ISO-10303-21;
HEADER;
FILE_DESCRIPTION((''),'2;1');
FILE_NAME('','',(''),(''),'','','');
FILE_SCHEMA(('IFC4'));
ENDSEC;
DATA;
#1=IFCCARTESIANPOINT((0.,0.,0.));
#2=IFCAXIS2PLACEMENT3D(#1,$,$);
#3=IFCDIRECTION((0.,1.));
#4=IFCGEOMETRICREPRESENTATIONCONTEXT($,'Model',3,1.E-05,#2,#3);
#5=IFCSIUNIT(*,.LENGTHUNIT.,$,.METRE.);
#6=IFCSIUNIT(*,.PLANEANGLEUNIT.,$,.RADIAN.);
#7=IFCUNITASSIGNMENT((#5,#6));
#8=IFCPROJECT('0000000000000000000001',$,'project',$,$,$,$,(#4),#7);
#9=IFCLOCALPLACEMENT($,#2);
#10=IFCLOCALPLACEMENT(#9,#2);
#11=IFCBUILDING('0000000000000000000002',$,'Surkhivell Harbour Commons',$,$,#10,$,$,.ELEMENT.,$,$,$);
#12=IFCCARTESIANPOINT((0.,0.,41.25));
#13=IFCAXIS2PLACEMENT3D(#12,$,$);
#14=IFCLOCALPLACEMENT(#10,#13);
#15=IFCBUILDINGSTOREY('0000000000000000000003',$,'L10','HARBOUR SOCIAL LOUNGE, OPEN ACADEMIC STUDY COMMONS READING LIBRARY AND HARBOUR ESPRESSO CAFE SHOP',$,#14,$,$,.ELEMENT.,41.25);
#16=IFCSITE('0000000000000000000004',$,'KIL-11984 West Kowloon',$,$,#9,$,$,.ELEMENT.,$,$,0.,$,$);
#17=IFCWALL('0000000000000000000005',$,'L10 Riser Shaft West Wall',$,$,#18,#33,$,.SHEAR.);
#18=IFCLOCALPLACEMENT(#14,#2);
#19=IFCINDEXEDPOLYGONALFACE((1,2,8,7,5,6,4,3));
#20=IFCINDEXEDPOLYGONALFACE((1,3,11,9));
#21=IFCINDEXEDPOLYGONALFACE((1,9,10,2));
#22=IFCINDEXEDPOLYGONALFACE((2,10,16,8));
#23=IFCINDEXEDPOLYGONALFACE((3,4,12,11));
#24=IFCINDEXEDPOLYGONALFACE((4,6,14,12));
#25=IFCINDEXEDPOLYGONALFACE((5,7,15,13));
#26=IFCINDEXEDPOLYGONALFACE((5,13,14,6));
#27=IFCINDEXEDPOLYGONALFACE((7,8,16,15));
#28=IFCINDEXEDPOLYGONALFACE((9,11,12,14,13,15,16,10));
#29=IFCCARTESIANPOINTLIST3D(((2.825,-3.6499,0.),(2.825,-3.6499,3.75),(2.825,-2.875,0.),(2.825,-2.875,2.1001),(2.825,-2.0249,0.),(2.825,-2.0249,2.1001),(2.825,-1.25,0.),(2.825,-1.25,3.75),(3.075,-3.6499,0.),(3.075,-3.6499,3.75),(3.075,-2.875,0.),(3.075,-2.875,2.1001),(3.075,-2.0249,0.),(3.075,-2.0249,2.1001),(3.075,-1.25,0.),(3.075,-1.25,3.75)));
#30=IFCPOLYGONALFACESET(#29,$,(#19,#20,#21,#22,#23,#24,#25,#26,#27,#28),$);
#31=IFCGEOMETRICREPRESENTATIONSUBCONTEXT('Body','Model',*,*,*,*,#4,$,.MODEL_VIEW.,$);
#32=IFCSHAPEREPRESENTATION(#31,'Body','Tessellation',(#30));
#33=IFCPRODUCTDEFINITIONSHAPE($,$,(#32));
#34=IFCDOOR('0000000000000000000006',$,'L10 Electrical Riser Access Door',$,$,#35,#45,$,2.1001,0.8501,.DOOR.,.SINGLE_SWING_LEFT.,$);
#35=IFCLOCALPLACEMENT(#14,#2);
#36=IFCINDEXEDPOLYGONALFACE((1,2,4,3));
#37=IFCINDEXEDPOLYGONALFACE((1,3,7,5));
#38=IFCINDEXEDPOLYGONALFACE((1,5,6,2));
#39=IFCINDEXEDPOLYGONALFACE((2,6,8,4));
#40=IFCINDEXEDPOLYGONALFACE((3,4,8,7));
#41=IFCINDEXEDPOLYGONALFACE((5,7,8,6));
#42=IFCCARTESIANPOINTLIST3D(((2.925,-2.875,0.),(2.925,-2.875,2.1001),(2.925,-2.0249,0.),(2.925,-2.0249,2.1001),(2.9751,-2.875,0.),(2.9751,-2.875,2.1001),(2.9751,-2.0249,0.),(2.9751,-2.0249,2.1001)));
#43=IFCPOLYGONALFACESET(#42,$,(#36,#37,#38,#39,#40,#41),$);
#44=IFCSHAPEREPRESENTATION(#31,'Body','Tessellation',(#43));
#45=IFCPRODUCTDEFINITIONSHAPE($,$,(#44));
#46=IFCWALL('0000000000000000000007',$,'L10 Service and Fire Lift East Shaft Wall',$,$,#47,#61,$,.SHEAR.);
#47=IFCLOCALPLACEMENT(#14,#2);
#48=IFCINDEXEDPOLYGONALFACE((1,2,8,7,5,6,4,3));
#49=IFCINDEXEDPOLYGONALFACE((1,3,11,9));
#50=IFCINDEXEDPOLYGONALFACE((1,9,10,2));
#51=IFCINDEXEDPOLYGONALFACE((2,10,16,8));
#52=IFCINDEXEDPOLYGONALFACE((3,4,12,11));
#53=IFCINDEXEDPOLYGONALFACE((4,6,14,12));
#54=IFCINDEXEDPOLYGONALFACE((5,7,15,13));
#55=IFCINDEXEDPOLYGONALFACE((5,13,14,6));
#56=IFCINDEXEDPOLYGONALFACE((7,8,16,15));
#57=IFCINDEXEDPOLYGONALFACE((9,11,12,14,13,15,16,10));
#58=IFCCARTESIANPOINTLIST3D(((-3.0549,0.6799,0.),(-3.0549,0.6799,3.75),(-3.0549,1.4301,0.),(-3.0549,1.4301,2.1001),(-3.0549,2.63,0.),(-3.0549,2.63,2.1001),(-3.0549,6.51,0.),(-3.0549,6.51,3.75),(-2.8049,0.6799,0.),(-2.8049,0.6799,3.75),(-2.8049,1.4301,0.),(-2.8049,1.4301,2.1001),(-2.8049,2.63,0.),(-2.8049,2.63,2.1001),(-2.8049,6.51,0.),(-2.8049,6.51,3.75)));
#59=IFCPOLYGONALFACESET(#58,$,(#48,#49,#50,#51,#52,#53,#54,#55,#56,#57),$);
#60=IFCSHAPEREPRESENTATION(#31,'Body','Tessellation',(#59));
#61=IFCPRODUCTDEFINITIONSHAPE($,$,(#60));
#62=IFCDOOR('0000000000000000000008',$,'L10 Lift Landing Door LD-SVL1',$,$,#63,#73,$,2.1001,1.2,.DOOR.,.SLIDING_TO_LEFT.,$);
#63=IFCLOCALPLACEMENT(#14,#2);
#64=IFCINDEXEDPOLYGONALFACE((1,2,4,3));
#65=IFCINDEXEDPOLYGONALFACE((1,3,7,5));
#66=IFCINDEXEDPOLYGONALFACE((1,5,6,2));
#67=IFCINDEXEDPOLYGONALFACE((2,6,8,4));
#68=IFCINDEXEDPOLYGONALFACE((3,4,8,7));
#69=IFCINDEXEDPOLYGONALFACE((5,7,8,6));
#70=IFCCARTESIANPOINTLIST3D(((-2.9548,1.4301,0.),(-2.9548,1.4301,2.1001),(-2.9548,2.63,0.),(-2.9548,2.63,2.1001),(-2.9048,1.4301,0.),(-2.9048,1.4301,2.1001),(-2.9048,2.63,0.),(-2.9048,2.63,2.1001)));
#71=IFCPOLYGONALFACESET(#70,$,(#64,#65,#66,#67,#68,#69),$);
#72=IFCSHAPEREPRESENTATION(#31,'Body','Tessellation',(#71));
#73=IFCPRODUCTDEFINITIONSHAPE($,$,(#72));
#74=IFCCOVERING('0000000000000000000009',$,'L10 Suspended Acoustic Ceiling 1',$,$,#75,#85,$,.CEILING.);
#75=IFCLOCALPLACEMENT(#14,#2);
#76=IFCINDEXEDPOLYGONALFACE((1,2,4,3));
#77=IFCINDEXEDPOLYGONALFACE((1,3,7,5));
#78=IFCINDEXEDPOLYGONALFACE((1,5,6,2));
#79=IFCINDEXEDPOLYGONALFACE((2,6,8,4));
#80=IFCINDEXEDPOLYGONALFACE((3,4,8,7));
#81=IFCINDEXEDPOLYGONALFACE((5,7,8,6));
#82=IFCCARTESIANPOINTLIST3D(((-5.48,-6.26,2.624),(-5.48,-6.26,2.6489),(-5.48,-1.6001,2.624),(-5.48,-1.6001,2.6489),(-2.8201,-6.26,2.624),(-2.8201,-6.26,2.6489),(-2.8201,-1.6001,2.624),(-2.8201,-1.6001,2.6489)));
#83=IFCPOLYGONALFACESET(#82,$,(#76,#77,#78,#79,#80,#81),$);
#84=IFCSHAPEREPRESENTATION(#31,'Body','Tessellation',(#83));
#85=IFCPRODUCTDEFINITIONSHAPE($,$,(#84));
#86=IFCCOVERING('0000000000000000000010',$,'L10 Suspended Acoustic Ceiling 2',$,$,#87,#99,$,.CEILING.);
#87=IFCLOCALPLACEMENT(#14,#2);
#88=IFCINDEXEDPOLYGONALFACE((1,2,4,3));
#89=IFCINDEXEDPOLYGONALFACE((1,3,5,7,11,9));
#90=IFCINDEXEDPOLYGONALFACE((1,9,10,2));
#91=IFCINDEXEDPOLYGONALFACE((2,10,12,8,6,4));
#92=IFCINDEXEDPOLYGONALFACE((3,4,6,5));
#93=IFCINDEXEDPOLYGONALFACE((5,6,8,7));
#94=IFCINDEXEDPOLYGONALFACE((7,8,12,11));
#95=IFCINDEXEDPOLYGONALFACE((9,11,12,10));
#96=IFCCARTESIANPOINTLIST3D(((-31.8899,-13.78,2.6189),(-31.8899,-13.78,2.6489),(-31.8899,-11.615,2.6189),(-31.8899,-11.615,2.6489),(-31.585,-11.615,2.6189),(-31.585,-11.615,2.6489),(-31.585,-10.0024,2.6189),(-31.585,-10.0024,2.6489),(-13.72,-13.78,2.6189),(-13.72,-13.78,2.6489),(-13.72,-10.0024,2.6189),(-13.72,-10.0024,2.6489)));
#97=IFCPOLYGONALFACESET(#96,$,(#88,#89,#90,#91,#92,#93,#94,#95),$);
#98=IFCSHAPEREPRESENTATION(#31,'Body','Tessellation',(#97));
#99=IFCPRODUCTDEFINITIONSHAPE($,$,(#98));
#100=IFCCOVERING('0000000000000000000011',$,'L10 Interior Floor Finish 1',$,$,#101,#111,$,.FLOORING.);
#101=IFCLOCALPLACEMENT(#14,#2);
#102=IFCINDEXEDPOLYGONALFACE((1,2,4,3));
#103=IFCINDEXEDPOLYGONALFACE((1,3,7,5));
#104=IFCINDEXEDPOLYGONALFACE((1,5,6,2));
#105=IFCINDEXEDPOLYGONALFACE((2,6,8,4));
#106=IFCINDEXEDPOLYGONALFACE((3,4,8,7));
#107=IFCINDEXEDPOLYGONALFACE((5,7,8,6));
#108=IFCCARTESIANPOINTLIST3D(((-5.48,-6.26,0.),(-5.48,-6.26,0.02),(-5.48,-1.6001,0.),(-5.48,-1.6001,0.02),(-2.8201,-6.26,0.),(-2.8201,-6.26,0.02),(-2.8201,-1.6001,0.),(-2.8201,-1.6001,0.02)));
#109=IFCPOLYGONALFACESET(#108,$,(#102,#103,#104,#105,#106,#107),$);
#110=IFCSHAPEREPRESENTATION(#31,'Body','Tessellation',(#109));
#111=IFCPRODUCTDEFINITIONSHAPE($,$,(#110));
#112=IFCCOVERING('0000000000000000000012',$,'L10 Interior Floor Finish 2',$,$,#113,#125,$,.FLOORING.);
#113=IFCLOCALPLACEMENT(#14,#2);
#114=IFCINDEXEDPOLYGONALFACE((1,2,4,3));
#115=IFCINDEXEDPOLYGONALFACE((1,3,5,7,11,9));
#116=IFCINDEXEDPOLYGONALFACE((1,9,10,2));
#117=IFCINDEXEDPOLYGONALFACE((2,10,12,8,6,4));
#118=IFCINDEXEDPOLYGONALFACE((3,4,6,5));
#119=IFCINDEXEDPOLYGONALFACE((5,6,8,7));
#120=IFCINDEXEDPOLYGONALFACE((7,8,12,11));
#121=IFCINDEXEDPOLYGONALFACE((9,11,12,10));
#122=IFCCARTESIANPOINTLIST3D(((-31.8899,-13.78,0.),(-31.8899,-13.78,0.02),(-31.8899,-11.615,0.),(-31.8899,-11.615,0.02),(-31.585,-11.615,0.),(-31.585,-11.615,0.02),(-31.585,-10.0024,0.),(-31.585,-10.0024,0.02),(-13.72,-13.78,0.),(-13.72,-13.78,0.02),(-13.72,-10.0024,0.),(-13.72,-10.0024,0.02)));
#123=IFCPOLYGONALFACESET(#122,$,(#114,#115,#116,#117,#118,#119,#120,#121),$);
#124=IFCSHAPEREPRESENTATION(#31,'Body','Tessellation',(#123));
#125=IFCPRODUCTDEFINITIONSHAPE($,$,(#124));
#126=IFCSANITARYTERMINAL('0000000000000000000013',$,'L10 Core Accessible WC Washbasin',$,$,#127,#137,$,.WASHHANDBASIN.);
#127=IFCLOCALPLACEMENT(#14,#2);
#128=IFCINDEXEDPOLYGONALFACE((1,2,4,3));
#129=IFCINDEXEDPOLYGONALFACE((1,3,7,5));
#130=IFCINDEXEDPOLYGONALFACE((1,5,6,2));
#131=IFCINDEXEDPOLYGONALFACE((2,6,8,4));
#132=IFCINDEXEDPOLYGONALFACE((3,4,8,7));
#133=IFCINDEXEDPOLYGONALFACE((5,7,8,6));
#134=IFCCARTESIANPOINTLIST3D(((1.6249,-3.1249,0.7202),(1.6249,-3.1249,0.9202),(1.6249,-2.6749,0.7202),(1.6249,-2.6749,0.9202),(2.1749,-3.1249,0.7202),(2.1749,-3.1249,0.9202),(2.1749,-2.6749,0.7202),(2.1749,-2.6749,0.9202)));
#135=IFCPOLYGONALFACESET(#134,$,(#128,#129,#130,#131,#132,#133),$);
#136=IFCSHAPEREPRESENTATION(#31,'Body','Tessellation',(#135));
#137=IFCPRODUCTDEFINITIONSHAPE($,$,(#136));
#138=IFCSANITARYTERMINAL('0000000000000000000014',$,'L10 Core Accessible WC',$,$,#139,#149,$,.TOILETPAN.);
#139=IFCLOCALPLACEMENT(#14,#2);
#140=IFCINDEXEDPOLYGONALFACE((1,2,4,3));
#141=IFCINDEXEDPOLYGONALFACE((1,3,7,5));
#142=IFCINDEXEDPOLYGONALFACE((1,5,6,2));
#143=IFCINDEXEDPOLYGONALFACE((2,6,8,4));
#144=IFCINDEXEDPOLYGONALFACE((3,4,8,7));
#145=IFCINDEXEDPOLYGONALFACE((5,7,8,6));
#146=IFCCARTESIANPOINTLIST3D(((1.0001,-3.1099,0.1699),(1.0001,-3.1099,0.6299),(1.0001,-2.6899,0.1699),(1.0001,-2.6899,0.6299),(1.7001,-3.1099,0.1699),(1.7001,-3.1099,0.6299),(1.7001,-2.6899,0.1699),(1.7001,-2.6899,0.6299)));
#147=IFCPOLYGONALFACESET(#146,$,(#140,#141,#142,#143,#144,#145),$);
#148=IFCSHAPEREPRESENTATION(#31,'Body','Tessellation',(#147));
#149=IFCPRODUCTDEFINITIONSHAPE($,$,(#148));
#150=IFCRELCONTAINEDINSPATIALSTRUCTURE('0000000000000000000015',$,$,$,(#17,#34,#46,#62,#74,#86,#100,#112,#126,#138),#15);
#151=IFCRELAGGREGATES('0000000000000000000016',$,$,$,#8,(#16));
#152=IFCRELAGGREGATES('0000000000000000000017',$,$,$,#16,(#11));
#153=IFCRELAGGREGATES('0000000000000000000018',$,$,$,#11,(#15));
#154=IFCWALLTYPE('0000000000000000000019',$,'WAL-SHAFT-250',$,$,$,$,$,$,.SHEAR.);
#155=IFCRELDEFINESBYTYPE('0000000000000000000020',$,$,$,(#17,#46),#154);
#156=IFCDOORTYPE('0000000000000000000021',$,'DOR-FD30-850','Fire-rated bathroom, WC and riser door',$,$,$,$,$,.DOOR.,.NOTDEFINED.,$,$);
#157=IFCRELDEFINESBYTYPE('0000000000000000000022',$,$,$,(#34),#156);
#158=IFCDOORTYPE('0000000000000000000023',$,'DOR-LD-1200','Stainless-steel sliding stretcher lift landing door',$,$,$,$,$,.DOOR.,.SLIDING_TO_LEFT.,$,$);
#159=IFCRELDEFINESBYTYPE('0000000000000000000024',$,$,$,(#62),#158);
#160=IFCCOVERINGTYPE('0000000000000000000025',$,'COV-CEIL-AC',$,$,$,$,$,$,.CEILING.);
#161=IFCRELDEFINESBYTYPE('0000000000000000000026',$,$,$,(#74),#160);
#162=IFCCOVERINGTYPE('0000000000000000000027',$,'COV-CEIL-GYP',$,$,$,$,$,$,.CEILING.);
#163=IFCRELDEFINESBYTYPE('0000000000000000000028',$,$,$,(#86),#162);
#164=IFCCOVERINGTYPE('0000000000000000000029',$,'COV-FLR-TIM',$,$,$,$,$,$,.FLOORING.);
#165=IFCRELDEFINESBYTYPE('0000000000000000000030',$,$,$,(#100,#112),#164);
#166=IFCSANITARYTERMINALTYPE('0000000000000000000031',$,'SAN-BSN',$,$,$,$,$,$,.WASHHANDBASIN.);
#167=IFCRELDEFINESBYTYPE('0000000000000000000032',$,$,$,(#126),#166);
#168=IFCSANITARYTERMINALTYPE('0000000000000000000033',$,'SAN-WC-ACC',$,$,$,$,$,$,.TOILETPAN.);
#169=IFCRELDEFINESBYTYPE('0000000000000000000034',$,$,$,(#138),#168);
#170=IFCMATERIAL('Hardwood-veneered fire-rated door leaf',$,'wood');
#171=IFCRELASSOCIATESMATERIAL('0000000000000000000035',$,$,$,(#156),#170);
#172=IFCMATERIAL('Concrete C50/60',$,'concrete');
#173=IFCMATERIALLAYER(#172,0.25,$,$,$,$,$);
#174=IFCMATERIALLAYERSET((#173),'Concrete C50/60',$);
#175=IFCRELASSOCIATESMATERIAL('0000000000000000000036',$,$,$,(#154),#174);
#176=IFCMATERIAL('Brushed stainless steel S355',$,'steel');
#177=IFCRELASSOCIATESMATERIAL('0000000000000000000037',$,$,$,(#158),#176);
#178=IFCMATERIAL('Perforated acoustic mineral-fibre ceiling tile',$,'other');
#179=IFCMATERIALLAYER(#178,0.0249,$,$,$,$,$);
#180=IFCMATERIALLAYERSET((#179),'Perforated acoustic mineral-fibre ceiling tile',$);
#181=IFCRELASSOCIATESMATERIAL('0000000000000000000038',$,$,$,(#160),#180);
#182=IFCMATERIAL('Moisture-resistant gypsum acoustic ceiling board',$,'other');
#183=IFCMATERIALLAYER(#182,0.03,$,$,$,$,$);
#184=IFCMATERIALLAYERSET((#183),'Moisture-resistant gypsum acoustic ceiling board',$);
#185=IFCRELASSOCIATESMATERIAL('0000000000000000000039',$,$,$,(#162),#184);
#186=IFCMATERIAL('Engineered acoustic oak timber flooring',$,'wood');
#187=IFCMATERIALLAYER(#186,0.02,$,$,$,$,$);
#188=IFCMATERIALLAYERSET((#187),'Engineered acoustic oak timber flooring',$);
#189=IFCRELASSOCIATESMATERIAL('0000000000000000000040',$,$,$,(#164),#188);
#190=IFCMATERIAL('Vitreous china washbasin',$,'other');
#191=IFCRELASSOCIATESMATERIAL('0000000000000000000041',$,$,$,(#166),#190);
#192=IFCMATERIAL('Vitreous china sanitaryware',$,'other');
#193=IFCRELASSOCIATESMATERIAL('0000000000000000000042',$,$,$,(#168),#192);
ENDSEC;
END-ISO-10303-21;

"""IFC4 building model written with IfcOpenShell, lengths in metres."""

from ifc_helpers import new_model, si_unit, direction, frame, frame_2d, origin, origin_2d, place, context, subcontext, project, spatial, polyline, rectangle, outline, extrude, material, layer, layer_set, type_object, element, fill, save


model = new_model("IFC4")

# Units and contexts
model_context = context("Model", 3, precision=1e-05, world=origin(), true_north=direction((0.0, 1.0)))
body_context = subcontext(model_context, "Body", "Model", "MODEL_VIEW")
ifc_project = project(units=[si_unit("LENGTHUNIT", "METRE"), si_unit("PLANEANGLEUNIT", "RADIAN")], contexts=[model_context])

# Site, building, storey
site_placement = place(None, origin())
site = spatial("IfcSite", under=ifc_project, at=site_placement, Name="KIL-11984 West Kowloon", CompositionType="ELEMENT", RefElevation=0.0)
building_placement = place(site_placement, origin())
building = spatial("IfcBuilding", under=site, at=building_placement, Name="Surkhivell Harbour Commons", CompositionType="ELEMENT")
storey_placement = place(building_placement, frame((0.0, 0.0, 41.25)))
storey = spatial("IfcBuildingStorey", under=building, at=storey_placement, Name="L10", Description="HARBOUR SOCIAL LOUNGE, OPEN ACADEMIC STUDY COMMONS READING LIBRARY AND HARBOUR ESPRESSO CAFE SHOP", CompositionType="ELEMENT", Elevation=41.25)

# Shared definitions
ifc_material_1 = material(Name="Hardwood-veneered fire-rated door leaf", Category="wood")
door_type_1 = type_object("IfcDoorType", Name="DOR-FD30-850", Description="Fire-rated bathroom, WC and riser door", OperationType="NOTDEFINED", PredefinedType="DOOR", material=ifc_material_1)

# Shared definitions
ifc_material_2 = material(Name="Concrete C50/60", Category="concrete")
ifc_layer_1 = layer(ifc_material_2, 0.25)
ifc_layer_set_1 = layer_set([ifc_layer_1], Name="Concrete C50/60")
wall_type_1 = type_object("IfcWallType", Name="WAL-SHAFT-250", PredefinedType="SHEAR", material=ifc_layer_set_1)

# Walls, openings, doors
wall_1_placement = place(storey_placement, frame((2.95, -3.6499, 0.0), z_axis=(0.0, 0.0, 1.0), x_axis=(0.0, 1.0, 0.0)))
wall_1 = element("IfcWall", 1, at=wall_1_placement, inside=storey, type_object=wall_type_1, Name="L10 Riser Shaft West Wall", PredefinedType="SHEAR", context=body_context, shape_type="SweptSolid", body=[
    extrude(rectangle(XDim=2.3999, YDim=0.25, at=frame_2d((1.2, 0.0))), origin(), (0.0, 0.0, 1.0), 3.75),
])
opening_1_placement = place(wall_1_placement, frame((0.7749, 0.0, 0.0)))
opening_1 = element("IfcOpeningElement", 2, at=opening_1_placement, cuts=wall_1, PredefinedType="OPENING", context=body_context, shape_type="SweptSolid", body=[
    extrude(rectangle(XDim=0.8501, YDim=2.1001, at=frame_2d((0.425, 1.05))), frame((0.0, 0.135, 0.0), z_axis=(0.0, -1.0, 0.0), x_axis=(1.0, 0.0, 0.0)), (0.0, 0.0, 1.0), 0.27),
])
door_1_placement = place(opening_1_placement, origin())
door_1 = element("IfcDoor", 3, at=door_1_placement, inside=storey, type_object=door_type_1, Name="L10 Electrical Riser Access Door", OperationType="SINGLE_SWING_LEFT", OverallHeight=2.1001, OverallWidth=0.8501, PredefinedType="DOOR", context=body_context, shape_type="SweptSolid", body=[
    extrude(rectangle(XDim=0.8501, YDim=2.1001, at=frame_2d((0.425, 1.05))), frame((0.0, 0.0249, 0.0), z_axis=(0.0, -1.0, 0.0), x_axis=(1.0, 0.0, 0.0)), (0.0, 0.0, 1.0), 0.05),
])
fill(opening_1, door_1)
wall_2_placement = place(storey_placement, frame((-2.9299, 0.6799, 0.0), z_axis=(0.0, 0.0, 1.0), x_axis=(0.0, 1.0, 0.0)))
wall_2 = element("IfcWall", 4, at=wall_2_placement, inside=storey, type_object=wall_type_1, Name="L10 Service and Fire Lift East Shaft Wall", PredefinedType="SHEAR", context=body_context, shape_type="SweptSolid", body=[
    extrude(rectangle(XDim=5.8301, YDim=0.25, at=frame_2d((2.915, 0.0))), origin(), (0.0, 0.0, 1.0), 3.75),
])
opening_2_placement = place(wall_2_placement, frame((0.75, 0.0, 0.0)))
opening_2 = element("IfcOpeningElement", 5, at=opening_2_placement, cuts=wall_2, PredefinedType="OPENING", context=body_context, shape_type="SweptSolid", body=[
    extrude(rectangle(XDim=1.2, YDim=2.1001, at=frame_2d((0.6001, 1.05))), frame((0.0, 0.135, 0.0), z_axis=(0.0, -1.0, 0.0), x_axis=(1.0, 0.0, 0.0)), (0.0, 0.0, 1.0), 0.27),
])
ifc_material_3 = material(Name="Brushed stainless steel S355", Category="steel")
door_type_2 = type_object("IfcDoorType", Name="DOR-LD-1200", Description="Stainless-steel sliding stretcher lift landing door", OperationType="SLIDING_TO_LEFT", PredefinedType="DOOR", material=ifc_material_3)
door_2_placement = place(opening_2_placement, origin())
door_2 = element("IfcDoor", 6, at=door_2_placement, inside=storey, type_object=door_type_2, Name="L10 Lift Landing Door LD-SVL1", OperationType="SLIDING_TO_LEFT", OverallHeight=2.1001, OverallWidth=1.2, PredefinedType="DOOR", context=body_context, shape_type="SweptSolid", body=[
    extrude(rectangle(XDim=1.2, YDim=2.1001, at=frame_2d((0.6001, 1.05))), frame((0.0, 0.0249, 0.0), z_axis=(0.0, -1.0, 0.0), x_axis=(1.0, 0.0, 0.0)), (0.0, 0.0, 1.0), 0.05),
])
fill(opening_2, door_2)

# Coverings
ifc_material_4 = material(Name="Perforated acoustic mineral-fibre ceiling tile", Category="other")
ifc_layer_2 = layer(ifc_material_4, 0.0249)
ifc_layer_set_2 = layer_set([ifc_layer_2], Name="Perforated acoustic mineral-fibre ceiling tile")
covering_type_1 = type_object("IfcCoveringType", Name="COV-CEIL-AC", PredefinedType="CEILING", material=ifc_layer_set_2)
covering_1_placement = place(storey_placement, frame((0.0, 0.0, 2.624)))
element("IfcCovering", 7, at=covering_1_placement, inside=storey, type_object=covering_type_1, Name="L10 Suspended Acoustic Ceiling 1", PredefinedType="CEILING", context=body_context, shape_type="SweptSolid", body=[
    extrude(outline(polyline([(-5.48, -6.26), (-2.8201, -6.26), (-2.8201, -1.6001), (-5.48, -1.6001), (-5.48, -6.26)])), origin(), (0.0, 0.0, 1.0), 0.0249),
])
ifc_material_5 = material(Name="Moisture-resistant gypsum acoustic ceiling board", Category="other")
ifc_layer_3 = layer(ifc_material_5, 0.03)
ifc_layer_set_3 = layer_set([ifc_layer_3], Name="Moisture-resistant gypsum acoustic ceiling board")
covering_type_2 = type_object("IfcCoveringType", Name="COV-CEIL-GYP", PredefinedType="CEILING", material=ifc_layer_set_3)
covering_2_placement = place(storey_placement, frame((0.0, 0.0, 2.6189)))
element("IfcCovering", 8, at=covering_2_placement, inside=storey, type_object=covering_type_2, Name="L10 Suspended Acoustic Ceiling 2", PredefinedType="CEILING", context=body_context, shape_type="SweptSolid", body=[
    extrude(outline(polyline([(-31.585, -10.0024), (-31.585, -11.615), (-31.8899, -11.615), (-31.8899, -13.78), (-13.72, -13.78), (-13.72, -10.0024), (-31.585, -10.0024)])), origin(), (0.0, 0.0, 1.0), 0.03),
])
ifc_material_6 = material(Name="Engineered acoustic oak timber flooring", Category="wood")
ifc_layer_4 = layer(ifc_material_6, 0.02)
ifc_layer_set_4 = layer_set([ifc_layer_4], Name="Engineered acoustic oak timber flooring")
covering_type_3 = type_object("IfcCoveringType", Name="COV-FLR-TIM", PredefinedType="FLOORING", material=ifc_layer_set_4)
covering_3_placement = place(storey_placement, origin())
element("IfcCovering", 9, at=covering_3_placement, inside=storey, type_object=covering_type_3, Name="L10 Interior Floor Finish 1", PredefinedType="FLOORING", context=body_context, shape_type="SweptSolid", body=[
    extrude(outline(polyline([(-5.48, -6.26), (-2.8201, -6.26), (-2.8201, -1.6001), (-5.48, -1.6001), (-5.48, -6.26)])), origin(), (0.0, 0.0, 1.0), 0.02),
])
covering_4_placement = place(storey_placement, origin())
element("IfcCovering", 10, at=covering_4_placement, inside=storey, type_object=covering_type_3, Name="L10 Interior Floor Finish 2", PredefinedType="FLOORING", context=body_context, shape_type="SweptSolid", body=[
    extrude(outline(polyline([(-31.585, -10.0024), (-31.585, -11.615), (-31.8899, -11.615), (-31.8899, -13.78), (-13.72, -13.78), (-13.72, -10.0024), (-31.585, -10.0024)])), origin(), (0.0, 0.0, 1.0), 0.02),
])

# Sanitary terminals
ifc_material_7 = material(Name="Vitreous china washbasin", Category="other")
sanitary_terminal_type_1 = type_object("IfcSanitaryTerminalType", Name="SAN-BSN", PredefinedType="WASHHANDBASIN", material=ifc_material_7)
sanitary_terminal_1_placement = place(storey_placement, frame((1.8999, -2.8999, 0.7202), z_axis=(0.0, 0.0, 1.0), x_axis=(1.0, 0.0, 0.0)))
element("IfcSanitaryTerminal", 11, at=sanitary_terminal_1_placement, inside=storey, type_object=sanitary_terminal_type_1, Name="L10 Core Accessible WC Washbasin", PredefinedType="WASHHANDBASIN", context=body_context, shape_type="SweptSolid", body=[
    extrude(rectangle(XDim=0.55, YDim=0.45, at=origin_2d()), origin(), (0.0, 0.0, 1.0), 0.2),
])
ifc_material_8 = material(Name="Vitreous china sanitaryware", Category="other")
sanitary_terminal_type_2 = type_object("IfcSanitaryTerminalType", Name="SAN-WC-ACC", PredefinedType="TOILETPAN", material=ifc_material_8)
sanitary_terminal_2_placement = place(storey_placement, frame((1.3501, -2.8999, 0.1699), z_axis=(0.0, 0.0, 1.0), x_axis=(1.0, 0.0, 0.0)))
element("IfcSanitaryTerminal", 12, at=sanitary_terminal_2_placement, inside=storey, type_object=sanitary_terminal_type_2, Name="L10 Core Accessible WC", PredefinedType="TOILETPAN", context=body_context, shape_type="SweptSolid", body=[
    extrude(rectangle(XDim=0.7, YDim=0.4199, at=origin_2d()), origin(), (0.0, 0.0, 1.0), 0.46),
])

save(model, "model.ifc")
